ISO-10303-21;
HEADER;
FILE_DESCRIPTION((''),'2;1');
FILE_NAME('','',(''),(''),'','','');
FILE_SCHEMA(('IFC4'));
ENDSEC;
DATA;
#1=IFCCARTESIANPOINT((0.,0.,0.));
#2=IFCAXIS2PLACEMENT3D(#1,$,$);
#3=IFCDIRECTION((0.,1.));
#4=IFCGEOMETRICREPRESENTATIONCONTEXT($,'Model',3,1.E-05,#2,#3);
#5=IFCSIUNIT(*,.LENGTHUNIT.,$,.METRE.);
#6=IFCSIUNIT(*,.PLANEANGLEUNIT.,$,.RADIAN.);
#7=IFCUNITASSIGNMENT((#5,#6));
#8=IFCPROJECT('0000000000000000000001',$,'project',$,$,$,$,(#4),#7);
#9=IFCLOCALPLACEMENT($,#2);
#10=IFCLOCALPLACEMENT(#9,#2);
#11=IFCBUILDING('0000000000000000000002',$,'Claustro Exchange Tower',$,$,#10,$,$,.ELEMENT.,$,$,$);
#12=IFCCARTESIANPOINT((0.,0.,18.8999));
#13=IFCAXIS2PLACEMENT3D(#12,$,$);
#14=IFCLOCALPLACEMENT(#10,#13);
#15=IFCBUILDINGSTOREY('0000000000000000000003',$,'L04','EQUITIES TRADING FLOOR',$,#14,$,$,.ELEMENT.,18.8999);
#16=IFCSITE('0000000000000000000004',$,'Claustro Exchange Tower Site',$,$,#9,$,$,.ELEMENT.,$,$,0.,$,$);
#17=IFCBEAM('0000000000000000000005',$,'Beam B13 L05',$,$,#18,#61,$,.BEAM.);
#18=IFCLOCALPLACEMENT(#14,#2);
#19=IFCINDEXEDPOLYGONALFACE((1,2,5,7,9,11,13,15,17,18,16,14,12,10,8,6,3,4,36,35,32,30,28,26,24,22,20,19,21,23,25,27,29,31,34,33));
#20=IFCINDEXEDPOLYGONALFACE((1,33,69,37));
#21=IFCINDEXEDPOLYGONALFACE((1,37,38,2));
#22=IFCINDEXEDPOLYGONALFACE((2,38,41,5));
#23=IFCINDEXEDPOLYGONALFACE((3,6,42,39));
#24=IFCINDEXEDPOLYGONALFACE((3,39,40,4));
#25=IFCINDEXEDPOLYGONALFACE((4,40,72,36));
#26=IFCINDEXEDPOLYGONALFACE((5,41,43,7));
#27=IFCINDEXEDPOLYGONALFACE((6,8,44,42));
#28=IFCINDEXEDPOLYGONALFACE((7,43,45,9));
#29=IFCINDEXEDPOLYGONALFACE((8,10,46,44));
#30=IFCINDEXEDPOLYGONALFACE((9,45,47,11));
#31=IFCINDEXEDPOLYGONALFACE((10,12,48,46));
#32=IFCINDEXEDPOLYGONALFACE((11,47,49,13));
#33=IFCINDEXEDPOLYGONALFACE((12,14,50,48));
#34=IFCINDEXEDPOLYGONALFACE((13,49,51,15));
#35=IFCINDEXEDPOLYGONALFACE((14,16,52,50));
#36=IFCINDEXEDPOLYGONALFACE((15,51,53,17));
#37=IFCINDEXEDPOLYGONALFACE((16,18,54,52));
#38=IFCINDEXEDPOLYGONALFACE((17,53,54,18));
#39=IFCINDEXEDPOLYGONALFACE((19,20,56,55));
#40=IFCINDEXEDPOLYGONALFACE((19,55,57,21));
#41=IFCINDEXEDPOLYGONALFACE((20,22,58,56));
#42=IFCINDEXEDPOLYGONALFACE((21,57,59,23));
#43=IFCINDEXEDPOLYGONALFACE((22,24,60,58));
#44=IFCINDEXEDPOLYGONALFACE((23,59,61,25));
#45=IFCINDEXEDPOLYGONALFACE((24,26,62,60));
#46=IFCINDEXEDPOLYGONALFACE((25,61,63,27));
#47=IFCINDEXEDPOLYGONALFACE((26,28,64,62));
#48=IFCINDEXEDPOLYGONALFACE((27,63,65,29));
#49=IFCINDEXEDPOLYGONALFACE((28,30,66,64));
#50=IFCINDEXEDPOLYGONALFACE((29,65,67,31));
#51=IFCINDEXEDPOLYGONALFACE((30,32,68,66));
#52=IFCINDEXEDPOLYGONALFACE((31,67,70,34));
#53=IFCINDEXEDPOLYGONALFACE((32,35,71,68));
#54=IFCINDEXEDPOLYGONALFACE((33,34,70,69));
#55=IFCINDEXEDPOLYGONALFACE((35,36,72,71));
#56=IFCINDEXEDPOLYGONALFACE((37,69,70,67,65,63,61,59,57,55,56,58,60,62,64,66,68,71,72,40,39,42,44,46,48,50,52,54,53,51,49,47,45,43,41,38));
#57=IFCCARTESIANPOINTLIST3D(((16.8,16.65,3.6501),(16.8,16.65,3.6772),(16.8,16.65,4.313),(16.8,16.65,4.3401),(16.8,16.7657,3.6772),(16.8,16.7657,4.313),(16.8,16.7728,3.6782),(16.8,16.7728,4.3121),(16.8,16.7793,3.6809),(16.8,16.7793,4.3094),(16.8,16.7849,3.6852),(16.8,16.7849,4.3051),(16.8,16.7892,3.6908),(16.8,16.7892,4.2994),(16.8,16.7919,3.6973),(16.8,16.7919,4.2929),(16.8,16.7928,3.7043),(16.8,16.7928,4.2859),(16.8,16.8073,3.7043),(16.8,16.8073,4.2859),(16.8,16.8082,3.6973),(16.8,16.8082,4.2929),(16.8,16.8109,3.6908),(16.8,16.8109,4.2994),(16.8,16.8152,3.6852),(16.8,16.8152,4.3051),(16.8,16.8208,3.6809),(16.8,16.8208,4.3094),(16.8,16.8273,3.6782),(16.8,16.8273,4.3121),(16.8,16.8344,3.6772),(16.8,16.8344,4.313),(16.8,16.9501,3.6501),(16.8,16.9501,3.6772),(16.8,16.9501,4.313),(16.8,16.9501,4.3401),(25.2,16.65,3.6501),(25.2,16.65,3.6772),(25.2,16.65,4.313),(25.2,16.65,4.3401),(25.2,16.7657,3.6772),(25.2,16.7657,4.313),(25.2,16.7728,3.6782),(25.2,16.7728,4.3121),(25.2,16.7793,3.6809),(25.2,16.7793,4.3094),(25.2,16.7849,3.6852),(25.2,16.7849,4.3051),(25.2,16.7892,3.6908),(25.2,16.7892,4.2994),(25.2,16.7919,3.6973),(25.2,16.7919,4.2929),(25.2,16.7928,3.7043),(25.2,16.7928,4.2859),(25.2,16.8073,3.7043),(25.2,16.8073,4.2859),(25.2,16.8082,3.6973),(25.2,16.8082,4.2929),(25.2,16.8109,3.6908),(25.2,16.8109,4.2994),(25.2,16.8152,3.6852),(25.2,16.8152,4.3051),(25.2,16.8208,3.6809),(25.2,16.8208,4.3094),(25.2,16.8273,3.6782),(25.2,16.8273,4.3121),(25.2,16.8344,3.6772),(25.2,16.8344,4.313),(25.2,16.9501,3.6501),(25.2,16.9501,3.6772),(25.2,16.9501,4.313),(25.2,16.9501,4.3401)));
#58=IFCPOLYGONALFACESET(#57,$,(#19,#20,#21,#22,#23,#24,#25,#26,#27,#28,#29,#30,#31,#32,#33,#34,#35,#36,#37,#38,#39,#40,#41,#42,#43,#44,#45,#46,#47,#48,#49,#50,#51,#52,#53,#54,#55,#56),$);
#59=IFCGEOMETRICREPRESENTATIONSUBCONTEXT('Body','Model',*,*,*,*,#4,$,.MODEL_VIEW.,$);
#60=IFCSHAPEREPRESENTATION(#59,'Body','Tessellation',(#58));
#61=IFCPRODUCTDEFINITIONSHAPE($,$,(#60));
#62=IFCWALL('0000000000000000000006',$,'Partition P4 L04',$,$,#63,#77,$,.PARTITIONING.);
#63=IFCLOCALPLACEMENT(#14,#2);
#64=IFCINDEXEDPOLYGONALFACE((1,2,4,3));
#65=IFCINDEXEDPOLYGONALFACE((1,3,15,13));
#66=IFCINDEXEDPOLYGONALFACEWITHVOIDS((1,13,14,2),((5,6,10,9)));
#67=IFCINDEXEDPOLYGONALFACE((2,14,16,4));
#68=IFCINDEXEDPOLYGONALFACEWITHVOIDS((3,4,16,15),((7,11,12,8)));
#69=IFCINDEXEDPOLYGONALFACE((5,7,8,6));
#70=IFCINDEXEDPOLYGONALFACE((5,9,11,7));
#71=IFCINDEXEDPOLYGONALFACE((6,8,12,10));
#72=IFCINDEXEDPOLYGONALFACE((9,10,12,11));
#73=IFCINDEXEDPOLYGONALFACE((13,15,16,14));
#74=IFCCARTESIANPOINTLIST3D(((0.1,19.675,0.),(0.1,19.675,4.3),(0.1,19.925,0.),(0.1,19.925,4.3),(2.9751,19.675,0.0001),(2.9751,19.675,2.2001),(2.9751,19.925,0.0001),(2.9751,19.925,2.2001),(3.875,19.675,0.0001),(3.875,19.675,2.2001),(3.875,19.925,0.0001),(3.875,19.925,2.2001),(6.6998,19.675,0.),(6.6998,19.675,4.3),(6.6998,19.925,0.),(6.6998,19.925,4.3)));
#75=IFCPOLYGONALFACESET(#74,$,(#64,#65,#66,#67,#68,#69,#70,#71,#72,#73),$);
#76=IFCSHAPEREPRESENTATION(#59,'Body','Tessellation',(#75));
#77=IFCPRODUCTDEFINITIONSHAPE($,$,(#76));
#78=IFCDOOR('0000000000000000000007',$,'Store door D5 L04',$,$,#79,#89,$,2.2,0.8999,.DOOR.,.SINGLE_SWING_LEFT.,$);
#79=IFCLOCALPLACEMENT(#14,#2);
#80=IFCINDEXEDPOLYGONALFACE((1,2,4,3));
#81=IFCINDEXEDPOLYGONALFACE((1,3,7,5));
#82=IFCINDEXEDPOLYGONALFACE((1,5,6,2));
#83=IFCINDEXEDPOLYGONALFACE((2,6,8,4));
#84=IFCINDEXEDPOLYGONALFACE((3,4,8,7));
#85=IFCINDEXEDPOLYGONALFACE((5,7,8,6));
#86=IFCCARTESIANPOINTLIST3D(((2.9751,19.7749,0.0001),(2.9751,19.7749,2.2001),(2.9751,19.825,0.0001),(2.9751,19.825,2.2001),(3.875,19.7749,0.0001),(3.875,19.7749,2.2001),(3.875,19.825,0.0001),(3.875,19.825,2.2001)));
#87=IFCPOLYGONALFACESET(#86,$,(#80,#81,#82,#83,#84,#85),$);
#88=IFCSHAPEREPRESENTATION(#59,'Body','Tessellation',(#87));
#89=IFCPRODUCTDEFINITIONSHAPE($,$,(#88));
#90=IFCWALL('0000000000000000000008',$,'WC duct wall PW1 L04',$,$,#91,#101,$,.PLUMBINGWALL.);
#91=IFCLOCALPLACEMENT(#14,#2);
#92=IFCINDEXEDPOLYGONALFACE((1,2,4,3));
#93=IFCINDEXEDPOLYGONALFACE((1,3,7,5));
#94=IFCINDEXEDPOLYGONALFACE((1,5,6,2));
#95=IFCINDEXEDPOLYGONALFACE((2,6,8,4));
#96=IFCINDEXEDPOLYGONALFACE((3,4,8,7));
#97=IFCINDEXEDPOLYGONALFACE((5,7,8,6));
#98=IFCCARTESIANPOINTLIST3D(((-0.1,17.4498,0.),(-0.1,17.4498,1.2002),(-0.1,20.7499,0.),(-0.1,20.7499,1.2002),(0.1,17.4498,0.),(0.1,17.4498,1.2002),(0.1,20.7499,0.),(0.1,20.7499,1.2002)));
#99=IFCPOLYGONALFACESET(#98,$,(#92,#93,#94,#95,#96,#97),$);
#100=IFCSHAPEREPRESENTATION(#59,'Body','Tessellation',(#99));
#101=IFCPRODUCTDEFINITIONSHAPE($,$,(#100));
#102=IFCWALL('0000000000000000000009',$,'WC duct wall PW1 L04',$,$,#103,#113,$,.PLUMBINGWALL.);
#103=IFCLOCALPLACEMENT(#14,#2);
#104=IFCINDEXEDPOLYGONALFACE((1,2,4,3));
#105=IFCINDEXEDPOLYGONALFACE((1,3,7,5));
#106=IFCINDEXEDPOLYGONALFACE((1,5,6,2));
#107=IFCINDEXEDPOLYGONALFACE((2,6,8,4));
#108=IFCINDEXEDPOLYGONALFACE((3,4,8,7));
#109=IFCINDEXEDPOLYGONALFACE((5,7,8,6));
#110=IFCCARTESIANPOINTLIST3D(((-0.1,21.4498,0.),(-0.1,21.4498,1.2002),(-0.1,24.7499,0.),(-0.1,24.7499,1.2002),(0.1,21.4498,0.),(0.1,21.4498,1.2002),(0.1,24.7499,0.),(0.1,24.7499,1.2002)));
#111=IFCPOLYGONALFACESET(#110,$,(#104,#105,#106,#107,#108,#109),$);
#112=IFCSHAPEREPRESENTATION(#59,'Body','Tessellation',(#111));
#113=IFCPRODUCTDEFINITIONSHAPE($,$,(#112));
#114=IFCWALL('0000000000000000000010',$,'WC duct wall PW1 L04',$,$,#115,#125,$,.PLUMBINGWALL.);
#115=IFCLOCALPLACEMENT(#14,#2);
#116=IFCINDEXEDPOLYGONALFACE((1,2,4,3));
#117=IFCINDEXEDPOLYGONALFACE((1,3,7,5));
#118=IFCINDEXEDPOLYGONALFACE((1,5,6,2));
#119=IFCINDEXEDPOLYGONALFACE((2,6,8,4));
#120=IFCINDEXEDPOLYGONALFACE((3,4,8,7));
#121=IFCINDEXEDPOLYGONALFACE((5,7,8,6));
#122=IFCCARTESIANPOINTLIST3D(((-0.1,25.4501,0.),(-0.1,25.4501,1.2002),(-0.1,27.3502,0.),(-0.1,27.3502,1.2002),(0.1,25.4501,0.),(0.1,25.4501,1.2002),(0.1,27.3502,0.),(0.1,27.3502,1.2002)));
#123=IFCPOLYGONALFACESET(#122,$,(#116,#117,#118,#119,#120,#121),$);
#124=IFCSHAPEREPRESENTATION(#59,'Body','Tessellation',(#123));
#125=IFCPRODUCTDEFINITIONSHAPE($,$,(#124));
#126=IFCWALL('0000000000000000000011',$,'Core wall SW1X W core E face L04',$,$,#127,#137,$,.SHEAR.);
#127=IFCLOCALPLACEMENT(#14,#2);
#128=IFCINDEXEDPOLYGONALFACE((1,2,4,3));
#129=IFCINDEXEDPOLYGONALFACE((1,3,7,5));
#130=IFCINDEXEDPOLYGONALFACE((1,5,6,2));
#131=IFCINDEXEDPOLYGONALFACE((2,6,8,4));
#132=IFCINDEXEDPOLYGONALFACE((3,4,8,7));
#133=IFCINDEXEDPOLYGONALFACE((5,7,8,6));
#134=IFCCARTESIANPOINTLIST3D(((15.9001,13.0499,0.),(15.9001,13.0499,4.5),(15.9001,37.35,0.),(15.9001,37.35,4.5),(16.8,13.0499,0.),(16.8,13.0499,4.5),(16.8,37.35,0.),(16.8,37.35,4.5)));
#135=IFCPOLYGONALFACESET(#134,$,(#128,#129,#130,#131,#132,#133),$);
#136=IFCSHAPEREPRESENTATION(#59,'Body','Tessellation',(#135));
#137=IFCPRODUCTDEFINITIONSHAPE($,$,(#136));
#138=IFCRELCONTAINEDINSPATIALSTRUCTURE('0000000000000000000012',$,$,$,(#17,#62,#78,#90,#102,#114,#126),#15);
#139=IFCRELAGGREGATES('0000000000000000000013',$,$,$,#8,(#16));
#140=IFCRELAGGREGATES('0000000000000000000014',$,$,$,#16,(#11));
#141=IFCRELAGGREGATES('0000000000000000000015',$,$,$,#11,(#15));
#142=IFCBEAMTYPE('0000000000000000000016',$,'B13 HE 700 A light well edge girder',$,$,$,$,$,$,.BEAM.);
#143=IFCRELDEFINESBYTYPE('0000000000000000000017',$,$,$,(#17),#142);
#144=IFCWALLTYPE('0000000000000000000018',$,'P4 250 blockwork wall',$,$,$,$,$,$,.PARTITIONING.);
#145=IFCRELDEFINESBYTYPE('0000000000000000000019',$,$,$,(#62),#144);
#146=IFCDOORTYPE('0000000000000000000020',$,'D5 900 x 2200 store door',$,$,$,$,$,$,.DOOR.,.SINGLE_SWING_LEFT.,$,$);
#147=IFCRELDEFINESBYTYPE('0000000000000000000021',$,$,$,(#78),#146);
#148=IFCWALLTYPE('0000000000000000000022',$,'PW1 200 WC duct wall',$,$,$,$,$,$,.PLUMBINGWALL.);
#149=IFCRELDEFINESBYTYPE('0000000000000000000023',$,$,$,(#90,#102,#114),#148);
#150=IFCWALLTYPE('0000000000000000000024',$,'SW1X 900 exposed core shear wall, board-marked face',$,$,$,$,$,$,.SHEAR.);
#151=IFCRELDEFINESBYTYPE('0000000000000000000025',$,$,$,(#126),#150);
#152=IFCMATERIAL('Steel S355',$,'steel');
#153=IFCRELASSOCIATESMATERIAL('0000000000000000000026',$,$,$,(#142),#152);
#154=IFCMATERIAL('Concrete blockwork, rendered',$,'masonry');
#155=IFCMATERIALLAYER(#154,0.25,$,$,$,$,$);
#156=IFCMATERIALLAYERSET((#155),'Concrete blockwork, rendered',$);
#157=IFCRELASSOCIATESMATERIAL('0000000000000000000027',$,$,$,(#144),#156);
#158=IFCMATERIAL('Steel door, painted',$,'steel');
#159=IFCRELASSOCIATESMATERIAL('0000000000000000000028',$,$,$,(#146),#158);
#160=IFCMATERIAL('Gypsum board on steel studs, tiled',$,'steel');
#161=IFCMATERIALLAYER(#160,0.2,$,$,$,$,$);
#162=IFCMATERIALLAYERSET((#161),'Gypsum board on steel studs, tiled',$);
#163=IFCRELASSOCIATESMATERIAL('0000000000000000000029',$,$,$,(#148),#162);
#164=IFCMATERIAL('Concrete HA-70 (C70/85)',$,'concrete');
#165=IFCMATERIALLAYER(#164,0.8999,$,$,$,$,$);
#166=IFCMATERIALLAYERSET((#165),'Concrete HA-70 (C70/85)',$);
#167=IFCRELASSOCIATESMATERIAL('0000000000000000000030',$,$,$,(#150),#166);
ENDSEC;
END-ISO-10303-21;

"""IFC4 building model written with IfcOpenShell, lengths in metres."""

from ifc_helpers import new_model, si_unit, direction, frame, frame_2d, origin, origin_2d, place, context, subcontext, project, spatial, rectangle, i_section, extrude, material, layer, layer_set, material_profile, profile_set, type_object, element, fill, save


model = new_model("IFC4")

# Units and contexts
model_context = context("Model", 3, precision=1e-05, world=origin(), true_north=direction((0.0, 1.0)))
body_context = subcontext(model_context, "Body", "Model", "MODEL_VIEW")
ifc_project = project(units=[si_unit("LENGTHUNIT", "METRE"), si_unit("PLANEANGLEUNIT", "RADIAN")], contexts=[model_context])

# Site, building, storey
site_placement = place(None, origin())
site = spatial("IfcSite", under=ifc_project, at=site_placement, Name="Claustro Exchange Tower Site", CompositionType="ELEMENT", RefElevation=0.0)
building_placement = place(site_placement, origin())
building = spatial("IfcBuilding", under=site, at=building_placement, Name="Claustro Exchange Tower", CompositionType="ELEMENT")
storey_placement = place(building_placement, frame((0.0, 0.0, 18.8999)))
storey = spatial("IfcBuildingStorey", under=building, at=storey_placement, Name="L04", Description="EQUITIES TRADING FLOOR", CompositionType="ELEMENT", Elevation=18.8999)

# Beam
ifc_material_1 = material(Name="Steel S355", Category="steel")
ifc_material_profile = material_profile(ifc_material_1, i_section(OverallWidth=0.3, OverallDepth=0.6899, WebThickness=0.0144, FlangeThickness=0.0271, FilletRadius=0.0271, at=origin_2d()), Name="HE 700 A")
ifc_profile_set = profile_set([ifc_material_profile], Name="Steel S355")
beam_type = type_object("IfcBeamType", Name="B13 HE 700 A light well edge girder", PredefinedType="BEAM", material=ifc_profile_set)
beam_placement = place(storey_placement, frame((16.8, 16.8, 3.9951), z_axis=(1.0, 0.0, 0.0), x_axis=(0.0, 1.0, 0.0)))
element("IfcBeam", 1, at=beam_placement, inside=storey, type_object=beam_type, Name="Beam B13 L05", PredefinedType="BEAM", context=body_context, shape_type="SweptSolid", body=[
    extrude(i_section(OverallWidth=0.3, OverallDepth=0.6899, WebThickness=0.0144, FlangeThickness=0.0271, FilletRadius=0.0271, at=origin_2d()), origin(), (0.0, 0.0, 1.0), 8.3999),
])

# Wall, opening, door
ifc_material_2 = material(Name="Concrete blockwork, rendered", Category="masonry")
ifc_layer_1 = layer(ifc_material_2, 0.25)
ifc_layer_set_1 = layer_set([ifc_layer_1], Name="Concrete blockwork, rendered")
wall_type_1 = type_object("IfcWallType", Name="P4 250 blockwork wall", PredefinedType="PARTITIONING", material=ifc_layer_set_1)
wall_1_placement = place(storey_placement, frame((0.1001, 19.8, 0.0), z_axis=(0.0, 0.0, 1.0), x_axis=(1.0, 0.0, 0.0)))
wall_1 = element("IfcWall", 2, at=wall_1_placement, inside=storey, type_object=wall_type_1, Name="Partition P4 L04", PredefinedType="PARTITIONING", context=body_context, shape_type="SweptSolid", body=[
    extrude(rectangle(XDim=6.5999, YDim=0.25, at=frame_2d((3.2998, 0.0))), origin(), (0.0, 0.0, 1.0), 4.3),
])
opening_1_placement = place(wall_1_placement, frame((2.875, 0.0, 0.0)))
opening_1 = element("IfcOpeningElement", 3, at=opening_1_placement, cuts=wall_1, PredefinedType="OPENING", context=body_context, shape_type="SweptSolid", body=[
    extrude(rectangle(XDim=0.8999, YDim=2.2, at=frame_2d((0.45, 1.1001))), frame((0.0, 0.135, 0.0), z_axis=(0.0, -1.0, 0.0), x_axis=(1.0, 0.0, 0.0)), (0.0, 0.0, 1.0), 0.27),
])
ifc_material_3 = material(Name="Steel door, painted", Category="steel")
door_type_1 = type_object("IfcDoorType", Name="D5 900 x 2200 store door", OperationType="SINGLE_SWING_LEFT", PredefinedType="DOOR", material=ifc_material_3)
door_1_placement = place(opening_1_placement, origin())
door_1 = element("IfcDoor", 4, at=door_1_placement, inside=storey, type_object=door_type_1, Name="Store door D5 L04", OperationType="SINGLE_SWING_LEFT", OverallHeight=2.2, OverallWidth=0.8999, PredefinedType="DOOR", context=body_context, shape_type="SweptSolid", body=[
    extrude(rectangle(XDim=0.8999, YDim=2.2, at=frame_2d((0.45, 1.1001))), frame((0.0, 0.0249, 0.0), z_axis=(0.0, -1.0, 0.0), x_axis=(1.0, 0.0, 0.0)), (0.0, 0.0, 1.0), 0.05),
])
fill(opening_1, door_1)

# Walls
ifc_material_4 = material(Name="Gypsum board on steel studs, tiled", Category="steel")
ifc_layer_2 = layer(ifc_material_4, 0.2)
ifc_layer_set_2 = layer_set([ifc_layer_2], Name="Gypsum board on steel studs, tiled")
wall_type_2 = type_object("IfcWallType", Name="PW1 200 WC duct wall", PredefinedType="PLUMBINGWALL", material=ifc_layer_set_2)
for number, where, z_axis, x_axis, name in (
    (5, (0.0, 17.45, 0.0), (0.0, 0.0, 1.0), (0.0, 1.0, 0.0), "WC duct wall PW1 L04"),
    (6, (0.0, 21.45, 0.0), (0.0, 0.0, 1.0), (0.0, 1.0, 0.0), "WC duct wall PW1 L04"),
):
    element("IfcWall", number, at=place(storey_placement, frame(where, z_axis=z_axis, x_axis=x_axis)), inside=storey, type_object=wall_type_2, Name=name, PredefinedType="PLUMBINGWALL", context=body_context, shape_type="SweptSolid", body=[
        extrude(rectangle(XDim=3.3, YDim=0.2, at=frame_2d((1.6499, 0.0))), origin(), (0.0, 0.0, 1.0), 1.2002),
    ])
wall_2_placement = place(storey_placement, frame((0.0, 25.45, 0.0), z_axis=(0.0, 0.0, 1.0), x_axis=(0.0, 1.0, 0.0)))
element("IfcWall", 7, at=wall_2_placement, inside=storey, type_object=wall_type_2, Name="WC duct wall PW1 L04", PredefinedType="PLUMBINGWALL", context=body_context, shape_type="SweptSolid", body=[
    extrude(rectangle(XDim=1.9001, YDim=0.2, at=frame_2d((0.9502, 0.0))), origin(), (0.0, 0.0, 1.0), 1.2002),
])
ifc_material_5 = material(Name="Concrete HA-70 (C70/85)", Category="concrete")
ifc_layer_3 = layer(ifc_material_5, 0.8999)
ifc_layer_set_3 = layer_set([ifc_layer_3], Name="Concrete HA-70 (C70/85)")
wall_type_3 = type_object("IfcWallType", Name="SW1X 900 exposed core shear wall, board-marked face", PredefinedType="SHEAR", material=ifc_layer_set_3)
wall_3_placement = place(storey_placement, frame((16.3501, 13.05, 0.0), z_axis=(0.0, 0.0, 1.0), x_axis=(0.0, 1.0, 0.0)))
element("IfcWall", 8, at=wall_3_placement, inside=storey, type_object=wall_type_3, Name="Core wall SW1X W core E face L04", PredefinedType="SHEAR", context=body_context, shape_type="SweptSolid", body=[
    extrude(rectangle(XDim=24.3, YDim=0.8999, at=frame_2d((12.1499, 0.0))), origin(), (0.0, 0.0, 1.0), 4.5),
])

save(model, "model.ifc")
